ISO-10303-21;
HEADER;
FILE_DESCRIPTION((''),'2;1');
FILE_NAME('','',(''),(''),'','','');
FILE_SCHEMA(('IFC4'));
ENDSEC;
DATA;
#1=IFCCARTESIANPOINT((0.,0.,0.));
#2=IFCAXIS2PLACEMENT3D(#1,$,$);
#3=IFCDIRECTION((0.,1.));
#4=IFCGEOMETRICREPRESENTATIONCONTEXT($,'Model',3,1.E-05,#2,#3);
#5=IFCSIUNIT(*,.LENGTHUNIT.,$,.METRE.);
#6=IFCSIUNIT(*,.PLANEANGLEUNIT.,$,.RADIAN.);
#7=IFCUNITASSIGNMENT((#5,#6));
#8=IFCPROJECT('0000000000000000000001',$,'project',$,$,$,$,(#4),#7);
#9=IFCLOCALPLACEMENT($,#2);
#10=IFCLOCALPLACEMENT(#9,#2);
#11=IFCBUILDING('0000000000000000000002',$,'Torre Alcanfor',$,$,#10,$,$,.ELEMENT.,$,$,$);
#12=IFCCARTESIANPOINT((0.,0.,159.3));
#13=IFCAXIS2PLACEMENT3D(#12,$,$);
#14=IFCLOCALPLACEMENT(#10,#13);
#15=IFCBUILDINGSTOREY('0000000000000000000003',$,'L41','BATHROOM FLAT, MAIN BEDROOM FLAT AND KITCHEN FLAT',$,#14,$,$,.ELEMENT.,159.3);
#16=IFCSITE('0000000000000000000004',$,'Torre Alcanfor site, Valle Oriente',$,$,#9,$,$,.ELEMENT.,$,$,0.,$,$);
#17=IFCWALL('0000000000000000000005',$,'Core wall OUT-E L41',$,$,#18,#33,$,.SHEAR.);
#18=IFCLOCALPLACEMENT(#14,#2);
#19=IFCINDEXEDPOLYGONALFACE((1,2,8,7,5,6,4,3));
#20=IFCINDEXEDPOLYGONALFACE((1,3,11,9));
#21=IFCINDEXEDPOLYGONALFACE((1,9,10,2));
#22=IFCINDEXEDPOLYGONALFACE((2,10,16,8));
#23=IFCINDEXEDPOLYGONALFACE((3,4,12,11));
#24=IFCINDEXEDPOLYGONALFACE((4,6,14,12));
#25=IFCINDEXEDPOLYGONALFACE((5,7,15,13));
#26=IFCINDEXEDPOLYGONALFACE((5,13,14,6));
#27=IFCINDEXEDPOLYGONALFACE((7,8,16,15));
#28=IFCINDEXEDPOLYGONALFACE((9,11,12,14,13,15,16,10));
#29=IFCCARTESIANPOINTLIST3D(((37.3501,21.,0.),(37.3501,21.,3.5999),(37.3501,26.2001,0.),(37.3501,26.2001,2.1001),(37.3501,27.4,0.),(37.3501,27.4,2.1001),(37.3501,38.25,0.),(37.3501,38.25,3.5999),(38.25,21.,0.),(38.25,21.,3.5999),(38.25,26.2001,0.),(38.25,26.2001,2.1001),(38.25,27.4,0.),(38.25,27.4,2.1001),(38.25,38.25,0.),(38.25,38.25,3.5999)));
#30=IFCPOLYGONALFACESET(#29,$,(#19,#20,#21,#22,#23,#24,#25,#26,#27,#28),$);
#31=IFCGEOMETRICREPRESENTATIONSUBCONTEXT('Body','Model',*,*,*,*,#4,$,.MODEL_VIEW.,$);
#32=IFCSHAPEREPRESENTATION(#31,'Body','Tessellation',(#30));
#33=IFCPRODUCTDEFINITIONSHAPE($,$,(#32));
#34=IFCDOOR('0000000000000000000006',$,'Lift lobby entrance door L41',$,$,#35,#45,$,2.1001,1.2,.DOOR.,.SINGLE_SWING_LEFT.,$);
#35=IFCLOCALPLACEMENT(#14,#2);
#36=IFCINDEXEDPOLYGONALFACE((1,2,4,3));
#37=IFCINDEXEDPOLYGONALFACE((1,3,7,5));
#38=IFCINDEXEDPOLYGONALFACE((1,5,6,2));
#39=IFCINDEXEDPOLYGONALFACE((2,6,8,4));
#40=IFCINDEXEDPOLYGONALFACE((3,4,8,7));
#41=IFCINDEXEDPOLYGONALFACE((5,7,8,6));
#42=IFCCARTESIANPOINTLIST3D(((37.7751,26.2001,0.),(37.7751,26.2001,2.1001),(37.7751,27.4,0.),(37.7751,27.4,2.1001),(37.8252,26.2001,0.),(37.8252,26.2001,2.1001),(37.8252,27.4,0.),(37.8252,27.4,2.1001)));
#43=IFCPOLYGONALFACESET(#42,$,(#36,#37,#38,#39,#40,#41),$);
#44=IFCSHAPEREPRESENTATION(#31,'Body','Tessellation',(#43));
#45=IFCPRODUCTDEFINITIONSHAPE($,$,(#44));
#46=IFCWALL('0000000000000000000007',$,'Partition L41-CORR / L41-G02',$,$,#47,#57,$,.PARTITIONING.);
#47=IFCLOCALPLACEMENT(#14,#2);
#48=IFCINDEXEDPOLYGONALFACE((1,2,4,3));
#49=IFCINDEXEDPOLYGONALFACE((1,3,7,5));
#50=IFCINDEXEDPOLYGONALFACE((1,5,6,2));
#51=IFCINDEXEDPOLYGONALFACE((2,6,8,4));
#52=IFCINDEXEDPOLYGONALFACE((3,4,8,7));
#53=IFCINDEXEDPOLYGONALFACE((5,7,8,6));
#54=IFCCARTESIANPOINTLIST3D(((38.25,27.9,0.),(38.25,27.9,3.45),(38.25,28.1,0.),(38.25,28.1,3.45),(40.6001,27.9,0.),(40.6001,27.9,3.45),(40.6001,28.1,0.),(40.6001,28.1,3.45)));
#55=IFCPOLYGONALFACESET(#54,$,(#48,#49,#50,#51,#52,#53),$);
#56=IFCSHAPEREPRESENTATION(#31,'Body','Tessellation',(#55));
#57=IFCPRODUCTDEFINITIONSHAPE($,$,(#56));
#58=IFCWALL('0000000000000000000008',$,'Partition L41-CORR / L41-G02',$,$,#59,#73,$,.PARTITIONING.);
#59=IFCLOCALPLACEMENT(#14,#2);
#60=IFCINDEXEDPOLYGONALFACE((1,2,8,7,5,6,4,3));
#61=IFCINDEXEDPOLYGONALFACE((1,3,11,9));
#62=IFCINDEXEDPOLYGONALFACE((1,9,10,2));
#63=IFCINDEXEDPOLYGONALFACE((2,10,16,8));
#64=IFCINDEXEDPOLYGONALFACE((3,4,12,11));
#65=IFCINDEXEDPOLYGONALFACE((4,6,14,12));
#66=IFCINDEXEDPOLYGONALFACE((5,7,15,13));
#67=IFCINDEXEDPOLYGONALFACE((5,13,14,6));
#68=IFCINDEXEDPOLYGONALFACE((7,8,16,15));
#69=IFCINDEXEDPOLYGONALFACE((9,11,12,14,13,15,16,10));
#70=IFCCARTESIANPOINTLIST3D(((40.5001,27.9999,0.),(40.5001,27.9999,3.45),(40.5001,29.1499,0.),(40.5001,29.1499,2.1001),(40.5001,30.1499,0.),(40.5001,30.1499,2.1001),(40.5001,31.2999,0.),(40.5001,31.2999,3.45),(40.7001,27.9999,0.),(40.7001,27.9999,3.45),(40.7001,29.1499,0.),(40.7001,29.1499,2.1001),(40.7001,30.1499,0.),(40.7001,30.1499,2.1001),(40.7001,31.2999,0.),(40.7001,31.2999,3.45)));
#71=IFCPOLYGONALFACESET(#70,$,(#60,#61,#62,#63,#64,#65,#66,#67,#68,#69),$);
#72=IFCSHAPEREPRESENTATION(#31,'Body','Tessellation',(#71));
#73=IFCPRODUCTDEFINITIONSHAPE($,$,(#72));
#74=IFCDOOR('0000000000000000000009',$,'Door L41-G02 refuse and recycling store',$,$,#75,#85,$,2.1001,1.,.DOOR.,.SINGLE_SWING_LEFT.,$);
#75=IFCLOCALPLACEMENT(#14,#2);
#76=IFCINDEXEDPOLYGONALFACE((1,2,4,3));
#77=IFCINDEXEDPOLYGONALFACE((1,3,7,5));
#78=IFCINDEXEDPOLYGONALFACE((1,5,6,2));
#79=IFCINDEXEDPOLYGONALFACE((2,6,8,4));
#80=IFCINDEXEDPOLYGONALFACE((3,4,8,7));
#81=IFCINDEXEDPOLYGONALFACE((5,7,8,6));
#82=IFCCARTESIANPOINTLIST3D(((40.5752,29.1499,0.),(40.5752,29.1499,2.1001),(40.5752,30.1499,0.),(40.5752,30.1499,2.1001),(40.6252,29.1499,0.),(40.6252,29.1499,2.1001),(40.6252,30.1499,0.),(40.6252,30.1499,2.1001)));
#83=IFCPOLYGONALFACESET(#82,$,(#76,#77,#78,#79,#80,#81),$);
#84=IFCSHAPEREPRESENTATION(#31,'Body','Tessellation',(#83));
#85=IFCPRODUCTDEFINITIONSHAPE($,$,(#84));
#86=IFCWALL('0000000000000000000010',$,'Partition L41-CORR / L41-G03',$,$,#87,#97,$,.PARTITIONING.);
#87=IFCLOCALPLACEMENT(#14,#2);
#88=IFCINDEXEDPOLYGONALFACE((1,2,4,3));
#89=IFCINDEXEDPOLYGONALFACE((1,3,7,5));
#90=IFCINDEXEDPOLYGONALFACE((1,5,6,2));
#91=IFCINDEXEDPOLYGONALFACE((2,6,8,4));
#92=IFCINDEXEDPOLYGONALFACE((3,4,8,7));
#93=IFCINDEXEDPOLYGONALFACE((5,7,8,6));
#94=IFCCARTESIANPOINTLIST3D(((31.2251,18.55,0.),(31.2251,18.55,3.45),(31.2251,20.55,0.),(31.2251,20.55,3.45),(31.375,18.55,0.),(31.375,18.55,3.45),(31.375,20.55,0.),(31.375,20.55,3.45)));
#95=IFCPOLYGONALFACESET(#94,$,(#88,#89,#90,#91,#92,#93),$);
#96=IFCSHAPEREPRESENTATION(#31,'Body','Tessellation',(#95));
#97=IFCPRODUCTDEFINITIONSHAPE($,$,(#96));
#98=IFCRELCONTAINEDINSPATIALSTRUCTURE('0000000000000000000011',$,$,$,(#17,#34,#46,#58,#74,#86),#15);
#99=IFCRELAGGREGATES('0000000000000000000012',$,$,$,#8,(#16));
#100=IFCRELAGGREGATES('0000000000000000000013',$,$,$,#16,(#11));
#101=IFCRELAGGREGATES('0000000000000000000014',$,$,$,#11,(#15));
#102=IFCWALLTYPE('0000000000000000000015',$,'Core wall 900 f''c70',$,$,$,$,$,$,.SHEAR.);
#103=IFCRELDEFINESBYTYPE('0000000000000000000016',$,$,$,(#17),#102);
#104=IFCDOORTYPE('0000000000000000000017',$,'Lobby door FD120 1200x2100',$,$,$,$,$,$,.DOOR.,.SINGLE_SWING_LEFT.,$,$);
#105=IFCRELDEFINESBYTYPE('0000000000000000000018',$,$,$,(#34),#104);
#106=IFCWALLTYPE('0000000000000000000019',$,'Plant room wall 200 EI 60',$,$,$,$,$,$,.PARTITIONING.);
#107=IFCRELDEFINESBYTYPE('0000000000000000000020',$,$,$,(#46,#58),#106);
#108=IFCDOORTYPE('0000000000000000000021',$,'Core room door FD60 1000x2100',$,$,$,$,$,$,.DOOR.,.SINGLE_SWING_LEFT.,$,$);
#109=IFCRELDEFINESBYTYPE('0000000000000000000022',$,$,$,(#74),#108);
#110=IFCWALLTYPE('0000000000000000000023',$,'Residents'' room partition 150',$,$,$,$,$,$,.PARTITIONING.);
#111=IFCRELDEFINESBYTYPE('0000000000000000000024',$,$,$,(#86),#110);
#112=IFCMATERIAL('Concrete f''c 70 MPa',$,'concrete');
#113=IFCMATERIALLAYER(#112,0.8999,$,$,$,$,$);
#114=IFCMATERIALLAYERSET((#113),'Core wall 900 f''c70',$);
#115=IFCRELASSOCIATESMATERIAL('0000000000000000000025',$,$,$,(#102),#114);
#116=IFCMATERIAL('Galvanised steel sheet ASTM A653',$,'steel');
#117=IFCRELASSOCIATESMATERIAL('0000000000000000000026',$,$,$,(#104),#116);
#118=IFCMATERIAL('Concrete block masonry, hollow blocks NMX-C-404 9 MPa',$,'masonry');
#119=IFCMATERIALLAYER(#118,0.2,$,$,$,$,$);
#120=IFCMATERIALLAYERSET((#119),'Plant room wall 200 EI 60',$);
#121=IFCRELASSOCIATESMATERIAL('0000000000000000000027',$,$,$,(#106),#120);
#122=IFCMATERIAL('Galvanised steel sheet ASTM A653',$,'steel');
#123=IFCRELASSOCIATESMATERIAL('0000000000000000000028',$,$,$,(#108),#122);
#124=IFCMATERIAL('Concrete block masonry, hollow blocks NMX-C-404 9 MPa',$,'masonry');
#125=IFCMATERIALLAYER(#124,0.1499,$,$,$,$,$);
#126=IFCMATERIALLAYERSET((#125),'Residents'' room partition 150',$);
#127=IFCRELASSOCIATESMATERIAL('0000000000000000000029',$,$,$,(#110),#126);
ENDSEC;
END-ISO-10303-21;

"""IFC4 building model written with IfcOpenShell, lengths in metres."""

from ifc_helpers import new_model, si_unit, direction, frame, frame_2d, origin, place, context, subcontext, project, spatial, rectangle, extrude, material, layer, layer_set, type_object, element, fill, save


model = new_model("IFC4")

# Units and contexts
model_context = context("Model", 3, precision=1e-05, world=origin(), true_north=direction((0.0, 1.0)))
body_context = subcontext(model_context, "Body", "Model", "MODEL_VIEW")
ifc_project = project(units=[si_unit("LENGTHUNIT", "METRE"), si_unit("PLANEANGLEUNIT", "RADIAN")], contexts=[model_context])

# Site, building, storey
site_placement = place(None, origin())
site = spatial("IfcSite", under=ifc_project, at=site_placement, Name="Torre Alcanfor site, Valle Oriente", CompositionType="ELEMENT", RefElevation=0.0)
building_placement = place(site_placement, origin())
building = spatial("IfcBuilding", under=site, at=building_placement, Name="Torre Alcanfor", CompositionType="ELEMENT")
storey_placement = place(building_placement, frame((0.0, 0.0, 159.3)))
storey = spatial("IfcBuildingStorey", under=building, at=storey_placement, Name="L41", Description="BATHROOM FLAT, MAIN BEDROOM FLAT AND KITCHEN FLAT", CompositionType="ELEMENT", Elevation=159.3)

# Wall, opening, door
ifc_material_1 = material(Name="Concrete f'c 70 MPa", Category="concrete")
ifc_layer_1 = layer(ifc_material_1, 0.8999)
ifc_layer_set_1 = layer_set([ifc_layer_1], Name="Core wall 900 f'c70")
wall_type_1 = type_object("IfcWallType", Name="Core wall 900 f'c70", PredefinedType="SHEAR", material=ifc_layer_set_1)
wall_1_placement = place(storey_placement, frame((37.8, 21.0, 0.0), z_axis=(0.0, 0.0, 1.0), x_axis=(0.0, 1.0, 0.0)))
wall_1 = element("IfcWall", 1, at=wall_1_placement, inside=storey, type_object=wall_type_1, Name="Core wall OUT-E L41", PredefinedType="SHEAR", context=body_context, shape_type="SweptSolid", body=[
    extrude(rectangle(XDim=17.25, YDim=0.8999, at=frame_2d((8.625, 0.0))), origin(), (0.0, 0.0, 1.0), 3.5999),
])
opening_1_placement = place(wall_1_placement, frame((5.2, 0.0, 0.0)))
opening_1 = element("IfcOpeningElement", 2, at=opening_1_placement, cuts=wall_1, PredefinedType="OPENING", context=body_context, shape_type="SweptSolid", body=[
    extrude(rectangle(XDim=1.2, YDim=2.1001, at=frame_2d((0.6001, 1.05))), frame((0.0, 0.46, 0.0), z_axis=(0.0, -1.0, 0.0), x_axis=(1.0, 0.0, 0.0)), (0.0, 0.0, 1.0), 0.9199),
])
ifc_material_2 = material(Name="Galvanised steel sheet ASTM A653", Category="steel")
door_type_1 = type_object("IfcDoorType", Name="Lobby door FD120 1200x2100", OperationType="SINGLE_SWING_LEFT", PredefinedType="DOOR", material=ifc_material_2)
door_1_placement = place(opening_1_placement, origin())
door_1 = element("IfcDoor", 3, at=door_1_placement, inside=storey, type_object=door_type_1, Name="Lift lobby entrance door L41", OperationType="SINGLE_SWING_LEFT", OverallHeight=2.1001, OverallWidth=1.2, PredefinedType="DOOR", context=body_context, shape_type="SweptSolid", body=[
    extrude(rectangle(XDim=1.2, YDim=2.1001, at=frame_2d((0.6001, 1.05))), frame((0.0, 0.0249, 0.0), z_axis=(0.0, -1.0, 0.0), x_axis=(1.0, 0.0, 0.0)), (0.0, 0.0, 1.0), 0.05),
])
fill(opening_1, door_1)

# Wall
ifc_material_3 = material(Name="Concrete block masonry, hollow blocks NMX-C-404 9 MPa", Category="masonry")
ifc_layer_2 = layer(ifc_material_3, 0.2)
ifc_layer_set_2 = layer_set([ifc_layer_2], Name="Plant room wall 200 EI 60")
wall_type_2 = type_object("IfcWallType", Name="Plant room wall 200 EI 60", PredefinedType="PARTITIONING", material=ifc_layer_set_2)
wall_2_placement = place(storey_placement, frame((38.25, 28.0, 0.0), z_axis=(0.0, 0.0, 1.0), x_axis=(1.0, 0.0, 0.0)))
element("IfcWall", 4, at=wall_2_placement, inside=storey, type_object=wall_type_2, Name="Partition L41-CORR / L41-G02", PredefinedType="PARTITIONING", context=body_context, shape_type="SweptSolid", body=[
    extrude(rectangle(XDim=2.3501, YDim=0.2, at=frame_2d((1.175, 0.0))), origin(), (0.0, 0.0, 1.0), 3.45),
])

# Wall, opening, door
wall_3_placement = place(storey_placement, frame((40.6001, 28.0, 0.0), z_axis=(0.0, 0.0, 1.0), x_axis=(0.0, 1.0, 0.0)))
wall_3 = element("IfcWall", 5, at=wall_3_placement, inside=storey, type_object=wall_type_2, Name="Partition L41-CORR / L41-G02", PredefinedType="PARTITIONING", context=body_context, shape_type="SweptSolid", body=[
    extrude(rectangle(XDim=3.3, YDim=0.2, at=frame_2d((1.6499, 0.0))), origin(), (0.0, 0.0, 1.0), 3.45),
])
opening_2_placement = place(wall_3_placement, frame((1.1499, 0.0, 0.0)))
opening_2 = element("IfcOpeningElement", 6, at=opening_2_placement, cuts=wall_3, PredefinedType="OPENING", context=body_context, shape_type="SweptSolid", body=[
    extrude(rectangle(XDim=1.0, YDim=2.1001, at=frame_2d((0.5, 1.05))), frame((0.0, 0.1099, 0.0), z_axis=(0.0, -1.0, 0.0), x_axis=(1.0, 0.0, 0.0)), (0.0, 0.0, 1.0), 0.22),
])
ifc_material_4 = material(Name="Galvanised steel sheet ASTM A653", Category="steel")
door_type_2 = type_object("IfcDoorType", Name="Core room door FD60 1000x2100", OperationType="SINGLE_SWING_LEFT", PredefinedType="DOOR", material=ifc_material_4)
door_2_placement = place(opening_2_placement, origin())
door_2 = element("IfcDoor", 7, at=door_2_placement, inside=storey, type_object=door_type_2, Name="Door L41-G02 refuse and recycling store", OperationType="SINGLE_SWING_LEFT", OverallHeight=2.1001, OverallWidth=1.0, PredefinedType="DOOR", context=body_context, shape_type="SweptSolid", body=[
    extrude(rectangle(XDim=1.0, YDim=2.1001, at=frame_2d((0.5, 1.05))), frame((0.0, 0.0249, 0.0), z_axis=(0.0, -1.0, 0.0), x_axis=(1.0, 0.0, 0.0)), (0.0, 0.0, 1.0), 0.05),
])
fill(opening_2, door_2)

# Wall
ifc_material_5 = material(Name="Concrete block masonry, hollow blocks NMX-C-404 9 MPa", Category="masonry")
ifc_layer_3 = layer(ifc_material_5, 0.1499)
ifc_layer_set_3 = layer_set([ifc_layer_3], Name="Residents' room partition 150")
wall_type_3 = type_object("IfcWallType", Name="Residents' room partition 150", PredefinedType="PARTITIONING", material=ifc_layer_set_3)
wall_4_placement = place(storey_placement, frame((31.3, 18.55, 0.0), z_axis=(0.0, 0.0, 1.0), x_axis=(0.0, 1.0, 0.0)))
element("IfcWall", 8, at=wall_4_placement, inside=storey, type_object=wall_type_3, Name="Partition L41-CORR / L41-G03", PredefinedType="PARTITIONING", context=body_context, shape_type="SweptSolid", body=[
    extrude(rectangle(XDim=2.0, YDim=0.1499, at=frame_2d((1.0, 0.0))), origin(), (0.0, 0.0, 1.0), 3.45),
])

save(model, "model.ifc")
